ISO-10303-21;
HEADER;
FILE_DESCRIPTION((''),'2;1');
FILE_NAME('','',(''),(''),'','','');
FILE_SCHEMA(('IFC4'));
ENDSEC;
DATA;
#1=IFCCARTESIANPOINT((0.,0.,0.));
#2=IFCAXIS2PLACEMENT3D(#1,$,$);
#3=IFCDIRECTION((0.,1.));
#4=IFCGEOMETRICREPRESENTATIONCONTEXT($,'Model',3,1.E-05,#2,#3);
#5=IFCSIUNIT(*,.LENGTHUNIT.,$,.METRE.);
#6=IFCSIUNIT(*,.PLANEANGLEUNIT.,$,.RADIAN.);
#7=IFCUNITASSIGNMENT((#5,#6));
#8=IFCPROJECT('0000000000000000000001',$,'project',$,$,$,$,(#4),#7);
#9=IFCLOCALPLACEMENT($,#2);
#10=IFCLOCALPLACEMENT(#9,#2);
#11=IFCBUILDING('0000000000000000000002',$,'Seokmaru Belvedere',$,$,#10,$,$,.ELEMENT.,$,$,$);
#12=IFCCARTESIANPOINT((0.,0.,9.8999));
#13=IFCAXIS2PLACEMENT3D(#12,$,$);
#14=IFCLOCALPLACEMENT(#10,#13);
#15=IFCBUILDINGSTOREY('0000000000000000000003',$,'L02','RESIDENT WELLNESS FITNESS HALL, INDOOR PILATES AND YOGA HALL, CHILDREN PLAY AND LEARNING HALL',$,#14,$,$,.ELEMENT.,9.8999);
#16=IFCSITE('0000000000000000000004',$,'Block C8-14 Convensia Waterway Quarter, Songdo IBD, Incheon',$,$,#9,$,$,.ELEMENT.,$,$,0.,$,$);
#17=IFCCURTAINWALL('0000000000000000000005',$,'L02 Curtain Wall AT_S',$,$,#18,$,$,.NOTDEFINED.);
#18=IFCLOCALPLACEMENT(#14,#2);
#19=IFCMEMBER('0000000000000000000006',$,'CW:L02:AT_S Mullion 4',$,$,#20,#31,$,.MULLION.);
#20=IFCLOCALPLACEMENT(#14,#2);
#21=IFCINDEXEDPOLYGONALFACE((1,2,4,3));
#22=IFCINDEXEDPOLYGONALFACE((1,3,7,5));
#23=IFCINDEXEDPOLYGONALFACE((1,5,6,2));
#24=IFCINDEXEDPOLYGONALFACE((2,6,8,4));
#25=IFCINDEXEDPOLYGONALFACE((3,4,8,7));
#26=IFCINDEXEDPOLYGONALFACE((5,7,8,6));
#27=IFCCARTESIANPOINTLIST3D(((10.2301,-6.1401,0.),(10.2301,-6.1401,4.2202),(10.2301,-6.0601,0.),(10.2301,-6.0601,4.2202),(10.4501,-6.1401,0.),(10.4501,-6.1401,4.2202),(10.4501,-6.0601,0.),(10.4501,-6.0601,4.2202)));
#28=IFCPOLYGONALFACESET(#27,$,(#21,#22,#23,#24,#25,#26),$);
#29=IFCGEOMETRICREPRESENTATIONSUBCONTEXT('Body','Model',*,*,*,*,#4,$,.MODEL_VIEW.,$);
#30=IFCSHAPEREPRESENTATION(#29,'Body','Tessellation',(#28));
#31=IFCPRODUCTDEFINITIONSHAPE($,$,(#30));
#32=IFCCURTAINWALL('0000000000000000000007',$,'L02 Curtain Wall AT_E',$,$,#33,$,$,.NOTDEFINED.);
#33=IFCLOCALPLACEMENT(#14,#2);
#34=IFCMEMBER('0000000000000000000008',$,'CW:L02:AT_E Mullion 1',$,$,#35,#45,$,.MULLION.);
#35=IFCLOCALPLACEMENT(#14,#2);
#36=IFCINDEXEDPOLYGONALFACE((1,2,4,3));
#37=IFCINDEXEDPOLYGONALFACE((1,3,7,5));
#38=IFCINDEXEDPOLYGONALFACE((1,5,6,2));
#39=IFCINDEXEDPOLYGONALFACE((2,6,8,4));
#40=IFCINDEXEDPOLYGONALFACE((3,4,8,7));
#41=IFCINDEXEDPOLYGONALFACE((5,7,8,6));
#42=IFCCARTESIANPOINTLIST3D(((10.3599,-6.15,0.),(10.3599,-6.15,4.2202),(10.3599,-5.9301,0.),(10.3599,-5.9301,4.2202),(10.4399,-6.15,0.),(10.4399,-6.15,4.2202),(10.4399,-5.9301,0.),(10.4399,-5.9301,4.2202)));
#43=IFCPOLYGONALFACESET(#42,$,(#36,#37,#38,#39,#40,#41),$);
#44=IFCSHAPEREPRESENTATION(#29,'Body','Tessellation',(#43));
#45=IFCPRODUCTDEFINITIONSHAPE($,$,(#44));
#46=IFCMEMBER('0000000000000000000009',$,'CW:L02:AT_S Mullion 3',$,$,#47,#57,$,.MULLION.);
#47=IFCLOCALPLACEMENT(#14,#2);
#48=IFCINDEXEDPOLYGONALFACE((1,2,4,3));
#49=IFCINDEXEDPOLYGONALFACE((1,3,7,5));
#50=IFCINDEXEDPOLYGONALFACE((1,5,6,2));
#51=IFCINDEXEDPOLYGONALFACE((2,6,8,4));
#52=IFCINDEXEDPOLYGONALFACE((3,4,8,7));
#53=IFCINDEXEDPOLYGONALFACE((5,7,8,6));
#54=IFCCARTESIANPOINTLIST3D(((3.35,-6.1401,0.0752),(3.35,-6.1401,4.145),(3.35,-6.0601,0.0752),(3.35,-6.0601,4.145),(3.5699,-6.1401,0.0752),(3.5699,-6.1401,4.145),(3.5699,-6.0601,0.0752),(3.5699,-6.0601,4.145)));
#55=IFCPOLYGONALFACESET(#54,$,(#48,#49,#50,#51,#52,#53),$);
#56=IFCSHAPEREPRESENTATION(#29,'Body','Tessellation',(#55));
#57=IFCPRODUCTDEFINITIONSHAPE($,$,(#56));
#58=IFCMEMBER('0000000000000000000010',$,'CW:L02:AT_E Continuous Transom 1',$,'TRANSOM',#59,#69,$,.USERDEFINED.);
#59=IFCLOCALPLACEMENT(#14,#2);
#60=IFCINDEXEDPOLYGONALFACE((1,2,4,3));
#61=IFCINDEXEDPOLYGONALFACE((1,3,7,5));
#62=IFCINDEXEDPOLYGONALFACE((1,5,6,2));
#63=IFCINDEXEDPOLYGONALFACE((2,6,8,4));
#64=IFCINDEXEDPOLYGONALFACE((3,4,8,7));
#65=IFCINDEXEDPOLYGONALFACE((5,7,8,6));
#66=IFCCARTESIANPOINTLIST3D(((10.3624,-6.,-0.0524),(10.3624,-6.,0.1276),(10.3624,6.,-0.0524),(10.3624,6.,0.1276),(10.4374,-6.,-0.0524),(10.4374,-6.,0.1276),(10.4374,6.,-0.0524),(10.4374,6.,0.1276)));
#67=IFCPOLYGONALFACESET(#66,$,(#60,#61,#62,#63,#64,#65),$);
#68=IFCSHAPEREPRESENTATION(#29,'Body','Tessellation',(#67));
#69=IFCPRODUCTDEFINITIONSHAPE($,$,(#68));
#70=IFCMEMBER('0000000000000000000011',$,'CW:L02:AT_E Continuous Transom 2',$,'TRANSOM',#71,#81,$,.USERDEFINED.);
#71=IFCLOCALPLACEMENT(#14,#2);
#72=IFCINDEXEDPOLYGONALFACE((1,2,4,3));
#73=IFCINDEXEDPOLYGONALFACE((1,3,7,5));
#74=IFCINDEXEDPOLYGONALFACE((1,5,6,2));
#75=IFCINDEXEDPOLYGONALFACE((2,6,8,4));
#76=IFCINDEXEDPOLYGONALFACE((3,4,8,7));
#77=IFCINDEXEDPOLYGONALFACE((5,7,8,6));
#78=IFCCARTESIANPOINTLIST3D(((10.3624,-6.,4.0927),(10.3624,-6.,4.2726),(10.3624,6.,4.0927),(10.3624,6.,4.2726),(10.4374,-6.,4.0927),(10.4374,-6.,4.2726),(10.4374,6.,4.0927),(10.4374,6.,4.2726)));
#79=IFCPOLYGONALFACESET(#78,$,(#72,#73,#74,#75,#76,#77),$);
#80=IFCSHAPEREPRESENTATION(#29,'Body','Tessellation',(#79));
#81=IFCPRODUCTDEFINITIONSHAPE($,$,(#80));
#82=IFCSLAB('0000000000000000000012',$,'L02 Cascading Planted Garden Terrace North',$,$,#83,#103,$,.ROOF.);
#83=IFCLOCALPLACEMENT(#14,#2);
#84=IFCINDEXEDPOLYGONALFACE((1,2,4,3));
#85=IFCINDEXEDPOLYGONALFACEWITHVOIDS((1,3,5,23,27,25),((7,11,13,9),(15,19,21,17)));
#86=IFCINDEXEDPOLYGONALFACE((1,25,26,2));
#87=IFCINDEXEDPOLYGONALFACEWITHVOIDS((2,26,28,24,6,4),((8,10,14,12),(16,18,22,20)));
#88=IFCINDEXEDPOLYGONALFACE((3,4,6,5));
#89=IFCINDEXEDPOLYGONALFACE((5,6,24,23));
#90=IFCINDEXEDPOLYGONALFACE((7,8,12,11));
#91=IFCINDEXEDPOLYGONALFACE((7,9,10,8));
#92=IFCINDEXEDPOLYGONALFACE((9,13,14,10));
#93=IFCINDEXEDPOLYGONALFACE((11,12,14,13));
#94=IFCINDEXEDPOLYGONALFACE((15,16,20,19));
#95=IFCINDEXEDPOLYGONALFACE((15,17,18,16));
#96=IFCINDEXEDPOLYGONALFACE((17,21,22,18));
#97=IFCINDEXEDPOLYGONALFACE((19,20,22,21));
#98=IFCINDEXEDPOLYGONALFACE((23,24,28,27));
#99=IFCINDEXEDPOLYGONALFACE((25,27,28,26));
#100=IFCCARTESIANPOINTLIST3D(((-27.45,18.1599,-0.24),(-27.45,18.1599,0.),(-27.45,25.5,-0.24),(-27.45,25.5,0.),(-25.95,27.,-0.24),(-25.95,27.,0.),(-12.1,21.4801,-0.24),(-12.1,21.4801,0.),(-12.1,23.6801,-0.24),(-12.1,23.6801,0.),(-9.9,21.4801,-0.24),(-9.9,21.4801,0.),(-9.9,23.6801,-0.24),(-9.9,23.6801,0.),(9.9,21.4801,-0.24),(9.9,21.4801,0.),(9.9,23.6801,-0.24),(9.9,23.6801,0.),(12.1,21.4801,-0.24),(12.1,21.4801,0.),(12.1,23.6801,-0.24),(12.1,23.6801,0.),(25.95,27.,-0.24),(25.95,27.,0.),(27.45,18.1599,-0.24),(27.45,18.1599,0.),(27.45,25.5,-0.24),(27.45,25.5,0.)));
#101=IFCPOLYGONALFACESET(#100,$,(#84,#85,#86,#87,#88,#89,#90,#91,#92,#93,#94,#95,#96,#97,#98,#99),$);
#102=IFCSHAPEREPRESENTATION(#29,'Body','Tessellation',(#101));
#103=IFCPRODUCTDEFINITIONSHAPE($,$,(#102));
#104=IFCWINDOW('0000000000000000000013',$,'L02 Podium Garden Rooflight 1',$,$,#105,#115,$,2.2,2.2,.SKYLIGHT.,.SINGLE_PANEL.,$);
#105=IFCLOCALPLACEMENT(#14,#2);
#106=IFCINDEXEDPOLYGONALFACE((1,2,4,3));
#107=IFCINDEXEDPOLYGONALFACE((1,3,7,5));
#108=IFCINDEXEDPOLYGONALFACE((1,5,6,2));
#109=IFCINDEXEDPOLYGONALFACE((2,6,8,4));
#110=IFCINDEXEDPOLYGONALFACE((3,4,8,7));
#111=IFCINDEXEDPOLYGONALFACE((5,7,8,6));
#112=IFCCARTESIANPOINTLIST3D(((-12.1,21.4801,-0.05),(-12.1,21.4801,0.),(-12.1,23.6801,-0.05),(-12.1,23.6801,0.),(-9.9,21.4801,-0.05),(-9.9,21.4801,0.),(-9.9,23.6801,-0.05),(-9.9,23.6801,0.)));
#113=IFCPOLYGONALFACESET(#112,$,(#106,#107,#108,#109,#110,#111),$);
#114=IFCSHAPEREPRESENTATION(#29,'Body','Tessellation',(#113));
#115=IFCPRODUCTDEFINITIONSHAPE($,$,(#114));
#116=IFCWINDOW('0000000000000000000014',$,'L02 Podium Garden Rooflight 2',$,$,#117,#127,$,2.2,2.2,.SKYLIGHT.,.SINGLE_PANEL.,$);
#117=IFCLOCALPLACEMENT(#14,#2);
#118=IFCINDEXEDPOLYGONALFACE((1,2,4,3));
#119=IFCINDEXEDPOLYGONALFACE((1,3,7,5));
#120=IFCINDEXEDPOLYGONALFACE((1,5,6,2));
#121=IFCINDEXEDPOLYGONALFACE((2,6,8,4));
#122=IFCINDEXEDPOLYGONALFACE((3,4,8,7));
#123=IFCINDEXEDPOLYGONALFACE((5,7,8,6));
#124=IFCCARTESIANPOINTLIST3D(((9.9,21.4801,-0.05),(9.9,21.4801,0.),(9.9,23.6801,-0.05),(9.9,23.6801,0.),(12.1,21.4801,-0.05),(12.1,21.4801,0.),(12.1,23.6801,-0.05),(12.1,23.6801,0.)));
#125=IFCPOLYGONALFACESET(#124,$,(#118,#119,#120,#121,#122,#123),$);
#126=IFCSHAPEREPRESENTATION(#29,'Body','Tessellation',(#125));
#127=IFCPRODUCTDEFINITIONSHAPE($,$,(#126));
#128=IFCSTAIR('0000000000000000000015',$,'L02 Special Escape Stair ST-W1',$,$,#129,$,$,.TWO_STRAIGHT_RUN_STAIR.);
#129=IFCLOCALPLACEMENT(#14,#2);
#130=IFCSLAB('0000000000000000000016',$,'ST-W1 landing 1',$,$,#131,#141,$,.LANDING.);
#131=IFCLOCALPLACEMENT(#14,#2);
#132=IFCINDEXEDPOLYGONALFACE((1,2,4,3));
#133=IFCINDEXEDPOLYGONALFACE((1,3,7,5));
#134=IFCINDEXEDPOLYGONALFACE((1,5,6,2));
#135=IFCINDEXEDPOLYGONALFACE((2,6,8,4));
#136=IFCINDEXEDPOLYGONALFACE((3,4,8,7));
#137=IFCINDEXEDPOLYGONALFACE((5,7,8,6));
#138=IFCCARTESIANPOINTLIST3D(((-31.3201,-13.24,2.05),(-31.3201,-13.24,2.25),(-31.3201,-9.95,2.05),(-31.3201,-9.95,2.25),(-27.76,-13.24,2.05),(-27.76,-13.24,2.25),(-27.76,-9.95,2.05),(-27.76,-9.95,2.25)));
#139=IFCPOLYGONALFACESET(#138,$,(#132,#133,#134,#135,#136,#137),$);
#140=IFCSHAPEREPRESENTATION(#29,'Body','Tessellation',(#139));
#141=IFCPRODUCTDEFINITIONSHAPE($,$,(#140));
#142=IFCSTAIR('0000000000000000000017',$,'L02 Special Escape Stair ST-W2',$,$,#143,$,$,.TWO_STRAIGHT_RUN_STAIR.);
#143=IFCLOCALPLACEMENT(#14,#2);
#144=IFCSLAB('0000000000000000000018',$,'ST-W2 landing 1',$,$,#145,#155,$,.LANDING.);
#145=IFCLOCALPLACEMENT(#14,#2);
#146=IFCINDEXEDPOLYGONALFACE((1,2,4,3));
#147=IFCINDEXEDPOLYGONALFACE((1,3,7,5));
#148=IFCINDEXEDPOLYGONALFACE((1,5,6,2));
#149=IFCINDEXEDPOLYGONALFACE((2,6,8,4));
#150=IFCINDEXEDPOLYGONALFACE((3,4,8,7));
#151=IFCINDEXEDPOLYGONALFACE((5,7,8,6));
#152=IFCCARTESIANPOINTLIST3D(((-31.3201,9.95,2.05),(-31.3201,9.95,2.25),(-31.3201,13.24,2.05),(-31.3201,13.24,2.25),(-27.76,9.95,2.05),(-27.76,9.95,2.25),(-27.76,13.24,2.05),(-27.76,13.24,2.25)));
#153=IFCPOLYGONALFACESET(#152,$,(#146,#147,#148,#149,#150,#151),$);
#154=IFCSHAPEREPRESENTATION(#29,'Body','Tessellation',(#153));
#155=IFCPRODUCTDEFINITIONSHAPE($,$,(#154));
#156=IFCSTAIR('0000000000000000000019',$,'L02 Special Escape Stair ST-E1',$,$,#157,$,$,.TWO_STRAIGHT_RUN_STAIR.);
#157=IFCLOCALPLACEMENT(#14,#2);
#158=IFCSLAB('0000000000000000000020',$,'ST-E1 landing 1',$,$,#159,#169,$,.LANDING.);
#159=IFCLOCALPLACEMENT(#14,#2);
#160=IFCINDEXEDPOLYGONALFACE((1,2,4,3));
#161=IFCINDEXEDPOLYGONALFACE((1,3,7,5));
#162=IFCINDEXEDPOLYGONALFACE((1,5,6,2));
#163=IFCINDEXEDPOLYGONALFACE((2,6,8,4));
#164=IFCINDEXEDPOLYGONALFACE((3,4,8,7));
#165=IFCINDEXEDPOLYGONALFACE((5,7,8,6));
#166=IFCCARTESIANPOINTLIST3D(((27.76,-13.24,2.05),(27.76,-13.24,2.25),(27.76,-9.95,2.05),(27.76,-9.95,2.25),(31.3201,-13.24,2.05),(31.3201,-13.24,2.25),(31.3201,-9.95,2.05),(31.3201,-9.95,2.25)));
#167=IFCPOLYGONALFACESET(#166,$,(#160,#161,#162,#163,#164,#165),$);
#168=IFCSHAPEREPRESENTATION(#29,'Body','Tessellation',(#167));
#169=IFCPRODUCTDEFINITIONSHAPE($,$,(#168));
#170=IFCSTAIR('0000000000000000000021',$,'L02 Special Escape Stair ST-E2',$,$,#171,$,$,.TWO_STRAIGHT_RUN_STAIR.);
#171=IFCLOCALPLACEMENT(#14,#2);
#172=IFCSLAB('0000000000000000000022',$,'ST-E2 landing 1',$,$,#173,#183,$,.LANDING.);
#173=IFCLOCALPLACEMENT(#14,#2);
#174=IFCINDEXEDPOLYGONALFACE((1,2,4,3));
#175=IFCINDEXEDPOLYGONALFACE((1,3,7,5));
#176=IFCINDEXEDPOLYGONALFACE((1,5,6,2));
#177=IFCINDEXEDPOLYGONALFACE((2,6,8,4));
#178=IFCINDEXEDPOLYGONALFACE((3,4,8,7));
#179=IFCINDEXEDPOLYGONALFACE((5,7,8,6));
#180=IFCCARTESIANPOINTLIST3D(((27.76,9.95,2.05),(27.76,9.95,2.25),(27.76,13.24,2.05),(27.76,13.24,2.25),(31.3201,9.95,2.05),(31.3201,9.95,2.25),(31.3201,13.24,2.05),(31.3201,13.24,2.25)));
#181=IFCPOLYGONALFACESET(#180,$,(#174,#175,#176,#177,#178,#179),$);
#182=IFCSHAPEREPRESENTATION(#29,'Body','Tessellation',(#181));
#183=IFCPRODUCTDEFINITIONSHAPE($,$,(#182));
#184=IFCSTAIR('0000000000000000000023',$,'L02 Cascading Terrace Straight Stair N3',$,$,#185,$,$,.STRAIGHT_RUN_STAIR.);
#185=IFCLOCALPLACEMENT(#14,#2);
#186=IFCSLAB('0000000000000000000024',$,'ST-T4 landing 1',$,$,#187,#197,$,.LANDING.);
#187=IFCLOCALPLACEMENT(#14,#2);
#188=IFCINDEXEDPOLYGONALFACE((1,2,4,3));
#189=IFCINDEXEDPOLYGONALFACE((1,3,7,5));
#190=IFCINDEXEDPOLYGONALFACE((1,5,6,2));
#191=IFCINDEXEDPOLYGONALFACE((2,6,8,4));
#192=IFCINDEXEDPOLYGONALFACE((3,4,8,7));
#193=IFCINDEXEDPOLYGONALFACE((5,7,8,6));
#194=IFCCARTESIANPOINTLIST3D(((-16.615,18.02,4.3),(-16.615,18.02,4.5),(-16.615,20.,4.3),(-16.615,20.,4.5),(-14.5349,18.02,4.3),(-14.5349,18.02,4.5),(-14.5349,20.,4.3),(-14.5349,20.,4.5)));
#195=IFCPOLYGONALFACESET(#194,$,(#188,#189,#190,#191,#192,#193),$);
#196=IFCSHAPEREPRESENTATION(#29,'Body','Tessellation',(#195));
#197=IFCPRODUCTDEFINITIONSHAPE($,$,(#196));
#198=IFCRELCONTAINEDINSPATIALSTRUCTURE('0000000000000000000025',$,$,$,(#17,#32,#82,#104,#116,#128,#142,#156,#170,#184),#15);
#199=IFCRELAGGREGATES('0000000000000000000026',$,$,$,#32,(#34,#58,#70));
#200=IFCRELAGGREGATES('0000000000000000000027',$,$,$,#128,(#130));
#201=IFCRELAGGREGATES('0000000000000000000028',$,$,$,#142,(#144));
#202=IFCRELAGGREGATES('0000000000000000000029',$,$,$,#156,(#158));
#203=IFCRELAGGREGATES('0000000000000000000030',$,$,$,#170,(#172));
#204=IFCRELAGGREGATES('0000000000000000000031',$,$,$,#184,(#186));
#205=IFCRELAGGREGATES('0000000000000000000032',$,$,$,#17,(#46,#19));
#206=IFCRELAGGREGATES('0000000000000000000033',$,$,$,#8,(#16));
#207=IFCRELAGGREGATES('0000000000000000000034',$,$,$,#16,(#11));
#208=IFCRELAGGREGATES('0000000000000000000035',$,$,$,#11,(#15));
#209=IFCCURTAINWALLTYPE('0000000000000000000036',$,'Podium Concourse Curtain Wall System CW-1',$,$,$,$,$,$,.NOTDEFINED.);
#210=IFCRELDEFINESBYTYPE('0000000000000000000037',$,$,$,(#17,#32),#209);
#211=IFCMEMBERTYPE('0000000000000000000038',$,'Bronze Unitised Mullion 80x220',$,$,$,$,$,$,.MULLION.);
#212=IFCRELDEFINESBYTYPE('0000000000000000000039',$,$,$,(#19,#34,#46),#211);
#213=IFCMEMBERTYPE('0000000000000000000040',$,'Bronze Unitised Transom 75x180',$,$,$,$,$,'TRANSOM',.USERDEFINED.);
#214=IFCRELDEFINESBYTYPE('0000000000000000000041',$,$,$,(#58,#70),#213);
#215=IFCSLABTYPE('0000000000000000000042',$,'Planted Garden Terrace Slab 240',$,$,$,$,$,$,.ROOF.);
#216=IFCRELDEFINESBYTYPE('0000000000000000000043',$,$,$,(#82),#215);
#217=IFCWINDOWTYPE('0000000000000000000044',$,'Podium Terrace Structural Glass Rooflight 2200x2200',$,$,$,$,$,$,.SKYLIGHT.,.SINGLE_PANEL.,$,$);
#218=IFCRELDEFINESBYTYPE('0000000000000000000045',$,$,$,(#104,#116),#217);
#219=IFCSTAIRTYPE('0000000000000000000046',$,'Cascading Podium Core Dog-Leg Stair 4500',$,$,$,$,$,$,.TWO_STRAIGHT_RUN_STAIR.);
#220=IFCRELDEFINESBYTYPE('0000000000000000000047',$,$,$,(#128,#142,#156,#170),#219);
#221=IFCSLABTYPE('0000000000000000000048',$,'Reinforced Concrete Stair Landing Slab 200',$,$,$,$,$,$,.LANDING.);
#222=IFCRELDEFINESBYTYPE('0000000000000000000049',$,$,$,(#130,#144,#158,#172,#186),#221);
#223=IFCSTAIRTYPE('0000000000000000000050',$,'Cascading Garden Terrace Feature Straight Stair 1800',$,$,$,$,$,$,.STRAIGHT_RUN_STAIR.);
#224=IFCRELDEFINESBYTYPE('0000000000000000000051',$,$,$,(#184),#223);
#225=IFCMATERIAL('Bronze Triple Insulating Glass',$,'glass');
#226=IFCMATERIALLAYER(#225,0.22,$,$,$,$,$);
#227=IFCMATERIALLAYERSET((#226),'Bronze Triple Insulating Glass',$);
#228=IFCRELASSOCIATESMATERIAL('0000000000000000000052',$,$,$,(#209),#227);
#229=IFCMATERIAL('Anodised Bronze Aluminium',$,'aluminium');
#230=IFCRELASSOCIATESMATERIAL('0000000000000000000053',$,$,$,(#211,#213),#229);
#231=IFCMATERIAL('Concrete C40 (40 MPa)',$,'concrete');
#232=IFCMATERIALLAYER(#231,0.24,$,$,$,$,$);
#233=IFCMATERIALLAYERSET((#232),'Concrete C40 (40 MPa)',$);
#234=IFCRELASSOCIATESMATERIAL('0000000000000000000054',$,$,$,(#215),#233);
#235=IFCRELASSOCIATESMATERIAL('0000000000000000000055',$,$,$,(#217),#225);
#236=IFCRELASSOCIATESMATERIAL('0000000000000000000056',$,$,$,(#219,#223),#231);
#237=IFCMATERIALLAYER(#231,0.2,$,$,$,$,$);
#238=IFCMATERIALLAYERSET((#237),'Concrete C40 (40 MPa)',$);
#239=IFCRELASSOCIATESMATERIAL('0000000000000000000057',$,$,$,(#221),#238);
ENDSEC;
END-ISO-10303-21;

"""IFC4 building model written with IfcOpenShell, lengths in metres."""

from ifc_helpers import new_model, si_unit, direction, frame, origin, origin_2d, place, context, subcontext, project, spatial, polyline, rectangle, outline, extrude, source, transform, mapped, material, layer, layer_set, material_profile, profile_set, type_object, type_shapes, element, fill, aggregate, save


model = new_model("IFC4")

# Units and contexts
model_context = context("Model", 3, precision=1e-05, world=origin(), true_north=direction((0.0, 1.0)))
body_context = subcontext(model_context, "Body", "Model", "MODEL_VIEW")
ifc_project = project(units=[si_unit("LENGTHUNIT", "METRE"), si_unit("PLANEANGLEUNIT", "RADIAN")], contexts=[model_context])

# Site, building, storey
site_placement = place(None, origin())
site = spatial("IfcSite", under=ifc_project, at=site_placement, Name="Block C8-14 Convensia Waterway Quarter, Songdo IBD, Incheon", CompositionType="ELEMENT", RefElevation=0.0)
building_placement = place(site_placement, origin())
building = spatial("IfcBuilding", under=site, at=building_placement, Name="Seokmaru Belvedere", CompositionType="ELEMENT")
storey_placement = place(building_placement, frame((0.0, 0.0, 9.8999)))
storey = spatial("IfcBuildingStorey", under=building, at=storey_placement, Name="L02", Description="RESIDENT WELLNESS FITNESS HALL, INDOOR PILATES AND YOGA HALL, CHILDREN PLAY AND LEARNING HALL", CompositionType="ELEMENT", Elevation=9.8999)

# Curtain walls, members
ifc_material_1 = material(Name="Bronze Triple Insulating Glass", Category="glass")
ifc_layer_1 = layer(ifc_material_1, 0.22)
ifc_layer_set_1 = layer_set([ifc_layer_1], Name="Bronze Triple Insulating Glass")
curtain_wall_type = type_object("IfcCurtainWallType", Name="Podium Concourse Curtain Wall System CW-1", PredefinedType="NOTDEFINED", material=ifc_layer_set_1)
curtain_wall_1_placement = place(storey_placement, origin())
curtain_wall_1 = element("IfcCurtainWall", 1, at=curtain_wall_1_placement, inside=storey, type_object=curtain_wall_type, Name="L02 Curtain Wall AT_S", PredefinedType="NOTDEFINED")
ifc_material_2 = material(Name="Anodised Bronze Aluminium", Category="aluminium")
ifc_material_profile_1 = material_profile(ifc_material_2, rectangle(XDim=0.0801, YDim=0.22, at=origin_2d()), Name="CW-M-80x220")
ifc_profile_set_1 = profile_set([ifc_material_profile_1], Name="Anodised Bronze Aluminium")
member_type_1 = type_object("IfcMemberType", Name="Bronze Unitised Mullion 80x220", PredefinedType="MULLION", material=ifc_profile_set_1)
shared_shape_1 = source(origin(), body_context, "Body", "SweptSolid", [
    extrude(rectangle(XDim=0.0801, YDim=0.22, at=origin_2d()), origin(), (0.0, 0.0, 1.0), 4.2202),
])
member_1_placement = place(storey_placement, frame((10.3401, -6.1001, 0.0), z_axis=(0.0, 0.0, 1.0), x_axis=(0.0, 1.0, 0.0)))
member_1 = element("IfcMember", 2, at=member_1_placement, type_object=member_type_1, Name="CW:L02:AT_S Mullion 4", PredefinedType="MULLION", context=body_context, shape_type="MappedRepresentation", body=[
    mapped(shared_shape_1, transform((0.0, 0.0, 0.0), scale=1.0)),
])
curtain_wall_2_placement = place(storey_placement, origin())
curtain_wall_2 = element("IfcCurtainWall", 3, at=curtain_wall_2_placement, inside=storey, type_object=curtain_wall_type, Name="L02 Curtain Wall AT_E", PredefinedType="NOTDEFINED")
member_2_placement = place(storey_placement, frame((10.3999, -6.04, 0.0), z_axis=(0.0, 0.0, 1.0), x_axis=(-1.0, 0.0, 0.0)))
member_2 = element("IfcMember", 4, at=member_2_placement, type_object=member_type_1, Name="CW:L02:AT_E Mullion 1", PredefinedType="MULLION", context=body_context, shape_type="MappedRepresentation", body=[
    mapped(shared_shape_1, transform((0.0, 0.0, 0.0), scale=1.0)),
])

# Members
shared_shape_2 = source(origin(), body_context, "Body", "SweptSolid", [
    extrude(rectangle(XDim=0.0801, YDim=0.22, at=origin_2d()), origin(), (0.0, 0.0, 1.0), 4.0698),
])
type_shapes(member_type_1, [shared_shape_1, shared_shape_2])
member_3_placement = place(storey_placement, frame((3.46, -6.1001, 0.0752), z_axis=(0.0, 0.0, 1.0), x_axis=(0.0, 1.0, 0.0)))
member_3 = element("IfcMember", 5, at=member_3_placement, type_object=member_type_1, Name="CW:L02:AT_S Mullion 3", PredefinedType="MULLION", context=body_context, shape_type="MappedRepresentation", body=[
    mapped(shared_shape_2, transform((0.0, 0.0, 0.0), scale=1.0)),
])
ifc_material_profile_2 = material_profile(ifc_material_2, rectangle(XDim=0.075, YDim=0.1799, at=origin_2d()), Name="CW-T-75x180")
ifc_profile_set_2 = profile_set([ifc_material_profile_2], Name="Anodised Bronze Aluminium")
member_type_2 = type_object("IfcMemberType", Name="Bronze Unitised Transom 75x180", ElementType="TRANSOM", PredefinedType="USERDEFINED", material=ifc_profile_set_2)
shared_shape_3 = source(origin(), body_context, "Body", "SweptSolid", [
    extrude(rectangle(XDim=0.075, YDim=0.1799, at=origin_2d()), origin(), (0.0, 0.0, 1.0), 12.0),
])
type_shapes(member_type_2, [shared_shape_3])
member_4_placement = place(storey_placement, frame((10.3999, -6.0, 0.0376), z_axis=(0.0, 1.0, 0.0), x_axis=(-1.0, 0.0, 0.0)))
member_4 = element("IfcMember", 6, at=member_4_placement, type_object=member_type_2, Name="CW:L02:AT_E Continuous Transom 1", ObjectType="TRANSOM", PredefinedType="USERDEFINED", context=body_context, shape_type="MappedRepresentation", body=[
    mapped(shared_shape_3, transform((0.0, 0.0, 0.0), scale=1.0)),
])
member_5_placement = place(storey_placement, frame((10.3999, -6.0, 4.1826), z_axis=(0.0, 1.0, 0.0), x_axis=(-1.0, 0.0, 0.0)))
member_5 = element("IfcMember", 7, at=member_5_placement, type_object=member_type_2, Name="CW:L02:AT_E Continuous Transom 2", ObjectType="TRANSOM", PredefinedType="USERDEFINED", context=body_context, shape_type="MappedRepresentation", body=[
    mapped(shared_shape_3, transform((0.0, 0.0, 0.0), scale=1.0)),
])
aggregate(curtain_wall_2, [member_2, member_4, member_5])

# Slab, openings, windows
ifc_material_3 = material(Name="Concrete C40 (40 MPa)", Category="concrete")
ifc_layer_2 = layer(ifc_material_3, 0.24)
ifc_layer_set_2 = layer_set([ifc_layer_2], Name="Concrete C40 (40 MPa)")
slab_type_1 = type_object("IfcSlabType", Name="Planted Garden Terrace Slab 240", PredefinedType="ROOF", material=ifc_layer_set_2)
slab_1_placement = place(storey_placement, frame((0.0, 0.0, -0.24)))
slab_1 = element("IfcSlab", 8, at=slab_1_placement, inside=storey, type_object=slab_type_1, Name="L02 Cascading Planted Garden Terrace North", PredefinedType="ROOF", context=body_context, shape_type="SweptSolid", body=[
    extrude(outline(polyline([(-27.45, 18.1599), (27.45, 18.1599), (27.45, 25.5), (25.95, 27.0), (-25.95, 27.0), (-27.45, 25.5), (-27.45, 18.1599)])), origin(), (0.0, 0.0, 1.0), 0.24),
])
opening_1_placement = place(slab_1_placement, frame((-11.0, 22.5801, -0.01)))
opening_1 = element("IfcOpeningElement", 9, at=opening_1_placement, cuts=slab_1, PredefinedType="OPENING", context=body_context, shape_type="SweptSolid", body=[
    extrude(rectangle(XDim=2.2, YDim=2.2, at=origin_2d()), origin(), (0.0, 0.0, 1.0), 0.26),
])
opening_2_placement = place(slab_1_placement, frame((11.0, 22.5801, -0.01)))
opening_2 = element("IfcOpeningElement", 10, at=opening_2_placement, cuts=slab_1, PredefinedType="OPENING", context=body_context, shape_type="SweptSolid", body=[
    extrude(rectangle(XDim=2.2, YDim=2.2, at=origin_2d()), origin(), (0.0, 0.0, 1.0), 0.26),
])
window_type = type_object("IfcWindowType", Name="Podium Terrace Structural Glass Rooflight 2200x2200", PartitioningType="SINGLE_PANEL", PredefinedType="SKYLIGHT", material=ifc_material_1)
window_1_placement = place(opening_1_placement, frame((0.0, 0.0, 0.2)))
window_1 = element("IfcWindow", 11, at=window_1_placement, inside=storey, type_object=window_type, Name="L02 Podium Garden Rooflight 1", OverallHeight=2.2, OverallWidth=2.2, PartitioningType="SINGLE_PANEL", PredefinedType="SKYLIGHT", context=body_context, shape_type="SweptSolid", body=[
    extrude(rectangle(XDim=2.2, YDim=2.2, at=origin_2d()), origin(), (0.0, 0.0, 1.0), 0.05),
])
fill(opening_1, window_1)
window_2_placement = place(opening_2_placement, frame((0.0, 0.0, 0.2)))
window_2 = element("IfcWindow", 12, at=window_2_placement, inside=storey, type_object=window_type, Name="L02 Podium Garden Rooflight 2", OverallHeight=2.2, OverallWidth=2.2, PartitioningType="SINGLE_PANEL", PredefinedType="SKYLIGHT", context=body_context, shape_type="SweptSolid", body=[
    extrude(rectangle(XDim=2.2, YDim=2.2, at=origin_2d()), origin(), (0.0, 0.0, 1.0), 0.05),
])
fill(opening_2, window_2)

# Stairs, slabs
stair_type_1 = type_object("IfcStairType", Name="Cascading Podium Core Dog-Leg Stair 4500", PredefinedType="TWO_STRAIGHT_RUN_STAIR", material=ifc_material_3)
stair_1_placement = place(storey_placement, origin())
stair_1 = element("IfcStair", 13, at=stair_1_placement, inside=storey, type_object=stair_type_1, Name="L02 Special Escape Stair ST-W1", PredefinedType="TWO_STRAIGHT_RUN_STAIR")
ifc_layer_3 = layer(ifc_material_3, 0.2)
ifc_layer_set_3 = layer_set([ifc_layer_3], Name="Concrete C40 (40 MPa)")
slab_type_2 = type_object("IfcSlabType", Name="Reinforced Concrete Stair Landing Slab 200", PredefinedType="LANDING", material=ifc_layer_set_3)
slab_2_placement = place(storey_placement, frame((0.0, 0.0, 2.05)))
slab_2 = element("IfcSlab", 14, at=slab_2_placement, type_object=slab_type_2, Name="ST-W1 landing 1", PredefinedType="LANDING", context=body_context, shape_type="SweptSolid", body=[
    extrude(outline(polyline([(-31.3201, -13.24), (-27.76, -13.24), (-27.76, -9.95), (-31.3201, -9.95), (-31.3201, -13.24)])), origin(), (0.0, 0.0, 1.0), 0.2),
])
aggregate(stair_1, [slab_2])
stair_2_placement = place(storey_placement, origin())
stair_2 = element("IfcStair", 15, at=stair_2_placement, inside=storey, type_object=stair_type_1, Name="L02 Special Escape Stair ST-W2", PredefinedType="TWO_STRAIGHT_RUN_STAIR")
slab_3_placement = place(storey_placement, frame((0.0, 0.0, 2.05)))
slab_3 = element("IfcSlab", 16, at=slab_3_placement, type_object=slab_type_2, Name="ST-W2 landing 1", PredefinedType="LANDING", context=body_context, shape_type="SweptSolid", body=[
    extrude(outline(polyline([(-31.3201, 9.95), (-27.76, 9.95), (-27.76, 13.24), (-31.3201, 13.24), (-31.3201, 9.95)])), origin(), (0.0, 0.0, 1.0), 0.2),
])
aggregate(stair_2, [slab_3])
stair_3_placement = place(storey_placement, origin())
stair_3 = element("IfcStair", 17, at=stair_3_placement, inside=storey, type_object=stair_type_1, Name="L02 Special Escape Stair ST-E1", PredefinedType="TWO_STRAIGHT_RUN_STAIR")
slab_4_placement = place(storey_placement, frame((0.0, 0.0, 2.05)))
slab_4 = element("IfcSlab", 18, at=slab_4_placement, type_object=slab_type_2, Name="ST-E1 landing 1", PredefinedType="LANDING", context=body_context, shape_type="SweptSolid", body=[
    extrude(outline(polyline([(27.76, -13.24), (31.3201, -13.24), (31.3201, -9.95), (27.76, -9.95), (27.76, -13.24)])), origin(), (0.0, 0.0, 1.0), 0.2),
])
aggregate(stair_3, [slab_4])
stair_4_placement = place(storey_placement, origin())
stair_4 = element("IfcStair", 19, at=stair_4_placement, inside=storey, type_object=stair_type_1, Name="L02 Special Escape Stair ST-E2", PredefinedType="TWO_STRAIGHT_RUN_STAIR")
slab_5_placement = place(storey_placement, frame((0.0, 0.0, 2.05)))
slab_5 = element("IfcSlab", 20, at=slab_5_placement, type_object=slab_type_2, Name="ST-E2 landing 1", PredefinedType="LANDING", context=body_context, shape_type="SweptSolid", body=[
    extrude(outline(polyline([(27.76, 9.95), (31.3201, 9.95), (31.3201, 13.24), (27.76, 13.24), (27.76, 9.95)])), origin(), (0.0, 0.0, 1.0), 0.2),
])
aggregate(stair_4, [slab_5])
stair_type_2 = type_object("IfcStairType", Name="Cascading Garden Terrace Feature Straight Stair 1800", PredefinedType="STRAIGHT_RUN_STAIR", material=ifc_material_3)
stair_5_placement = place(storey_placement, origin())
stair_5 = element("IfcStair", 21, at=stair_5_placement, inside=storey, type_object=stair_type_2, Name="L02 Cascading Terrace Straight Stair N3", PredefinedType="STRAIGHT_RUN_STAIR")
slab_6_placement = place(storey_placement, frame((0.0, 0.0, 4.3)))
slab_6 = element("IfcSlab", 22, at=slab_6_placement, type_object=slab_type_2, Name="ST-T4 landing 1", PredefinedType="LANDING", context=body_context, shape_type="SweptSolid", body=[
    extrude(outline(polyline([(-16.615, 18.02), (-14.5349, 18.02), (-14.5349, 20.0), (-16.615, 20.0), (-16.615, 18.02)])), origin(), (0.0, 0.0, 1.0), 0.2),
])
aggregate(stair_5, [slab_6])

aggregate(curtain_wall_1, [member_3, member_1])

save(model, "model.ifc")
